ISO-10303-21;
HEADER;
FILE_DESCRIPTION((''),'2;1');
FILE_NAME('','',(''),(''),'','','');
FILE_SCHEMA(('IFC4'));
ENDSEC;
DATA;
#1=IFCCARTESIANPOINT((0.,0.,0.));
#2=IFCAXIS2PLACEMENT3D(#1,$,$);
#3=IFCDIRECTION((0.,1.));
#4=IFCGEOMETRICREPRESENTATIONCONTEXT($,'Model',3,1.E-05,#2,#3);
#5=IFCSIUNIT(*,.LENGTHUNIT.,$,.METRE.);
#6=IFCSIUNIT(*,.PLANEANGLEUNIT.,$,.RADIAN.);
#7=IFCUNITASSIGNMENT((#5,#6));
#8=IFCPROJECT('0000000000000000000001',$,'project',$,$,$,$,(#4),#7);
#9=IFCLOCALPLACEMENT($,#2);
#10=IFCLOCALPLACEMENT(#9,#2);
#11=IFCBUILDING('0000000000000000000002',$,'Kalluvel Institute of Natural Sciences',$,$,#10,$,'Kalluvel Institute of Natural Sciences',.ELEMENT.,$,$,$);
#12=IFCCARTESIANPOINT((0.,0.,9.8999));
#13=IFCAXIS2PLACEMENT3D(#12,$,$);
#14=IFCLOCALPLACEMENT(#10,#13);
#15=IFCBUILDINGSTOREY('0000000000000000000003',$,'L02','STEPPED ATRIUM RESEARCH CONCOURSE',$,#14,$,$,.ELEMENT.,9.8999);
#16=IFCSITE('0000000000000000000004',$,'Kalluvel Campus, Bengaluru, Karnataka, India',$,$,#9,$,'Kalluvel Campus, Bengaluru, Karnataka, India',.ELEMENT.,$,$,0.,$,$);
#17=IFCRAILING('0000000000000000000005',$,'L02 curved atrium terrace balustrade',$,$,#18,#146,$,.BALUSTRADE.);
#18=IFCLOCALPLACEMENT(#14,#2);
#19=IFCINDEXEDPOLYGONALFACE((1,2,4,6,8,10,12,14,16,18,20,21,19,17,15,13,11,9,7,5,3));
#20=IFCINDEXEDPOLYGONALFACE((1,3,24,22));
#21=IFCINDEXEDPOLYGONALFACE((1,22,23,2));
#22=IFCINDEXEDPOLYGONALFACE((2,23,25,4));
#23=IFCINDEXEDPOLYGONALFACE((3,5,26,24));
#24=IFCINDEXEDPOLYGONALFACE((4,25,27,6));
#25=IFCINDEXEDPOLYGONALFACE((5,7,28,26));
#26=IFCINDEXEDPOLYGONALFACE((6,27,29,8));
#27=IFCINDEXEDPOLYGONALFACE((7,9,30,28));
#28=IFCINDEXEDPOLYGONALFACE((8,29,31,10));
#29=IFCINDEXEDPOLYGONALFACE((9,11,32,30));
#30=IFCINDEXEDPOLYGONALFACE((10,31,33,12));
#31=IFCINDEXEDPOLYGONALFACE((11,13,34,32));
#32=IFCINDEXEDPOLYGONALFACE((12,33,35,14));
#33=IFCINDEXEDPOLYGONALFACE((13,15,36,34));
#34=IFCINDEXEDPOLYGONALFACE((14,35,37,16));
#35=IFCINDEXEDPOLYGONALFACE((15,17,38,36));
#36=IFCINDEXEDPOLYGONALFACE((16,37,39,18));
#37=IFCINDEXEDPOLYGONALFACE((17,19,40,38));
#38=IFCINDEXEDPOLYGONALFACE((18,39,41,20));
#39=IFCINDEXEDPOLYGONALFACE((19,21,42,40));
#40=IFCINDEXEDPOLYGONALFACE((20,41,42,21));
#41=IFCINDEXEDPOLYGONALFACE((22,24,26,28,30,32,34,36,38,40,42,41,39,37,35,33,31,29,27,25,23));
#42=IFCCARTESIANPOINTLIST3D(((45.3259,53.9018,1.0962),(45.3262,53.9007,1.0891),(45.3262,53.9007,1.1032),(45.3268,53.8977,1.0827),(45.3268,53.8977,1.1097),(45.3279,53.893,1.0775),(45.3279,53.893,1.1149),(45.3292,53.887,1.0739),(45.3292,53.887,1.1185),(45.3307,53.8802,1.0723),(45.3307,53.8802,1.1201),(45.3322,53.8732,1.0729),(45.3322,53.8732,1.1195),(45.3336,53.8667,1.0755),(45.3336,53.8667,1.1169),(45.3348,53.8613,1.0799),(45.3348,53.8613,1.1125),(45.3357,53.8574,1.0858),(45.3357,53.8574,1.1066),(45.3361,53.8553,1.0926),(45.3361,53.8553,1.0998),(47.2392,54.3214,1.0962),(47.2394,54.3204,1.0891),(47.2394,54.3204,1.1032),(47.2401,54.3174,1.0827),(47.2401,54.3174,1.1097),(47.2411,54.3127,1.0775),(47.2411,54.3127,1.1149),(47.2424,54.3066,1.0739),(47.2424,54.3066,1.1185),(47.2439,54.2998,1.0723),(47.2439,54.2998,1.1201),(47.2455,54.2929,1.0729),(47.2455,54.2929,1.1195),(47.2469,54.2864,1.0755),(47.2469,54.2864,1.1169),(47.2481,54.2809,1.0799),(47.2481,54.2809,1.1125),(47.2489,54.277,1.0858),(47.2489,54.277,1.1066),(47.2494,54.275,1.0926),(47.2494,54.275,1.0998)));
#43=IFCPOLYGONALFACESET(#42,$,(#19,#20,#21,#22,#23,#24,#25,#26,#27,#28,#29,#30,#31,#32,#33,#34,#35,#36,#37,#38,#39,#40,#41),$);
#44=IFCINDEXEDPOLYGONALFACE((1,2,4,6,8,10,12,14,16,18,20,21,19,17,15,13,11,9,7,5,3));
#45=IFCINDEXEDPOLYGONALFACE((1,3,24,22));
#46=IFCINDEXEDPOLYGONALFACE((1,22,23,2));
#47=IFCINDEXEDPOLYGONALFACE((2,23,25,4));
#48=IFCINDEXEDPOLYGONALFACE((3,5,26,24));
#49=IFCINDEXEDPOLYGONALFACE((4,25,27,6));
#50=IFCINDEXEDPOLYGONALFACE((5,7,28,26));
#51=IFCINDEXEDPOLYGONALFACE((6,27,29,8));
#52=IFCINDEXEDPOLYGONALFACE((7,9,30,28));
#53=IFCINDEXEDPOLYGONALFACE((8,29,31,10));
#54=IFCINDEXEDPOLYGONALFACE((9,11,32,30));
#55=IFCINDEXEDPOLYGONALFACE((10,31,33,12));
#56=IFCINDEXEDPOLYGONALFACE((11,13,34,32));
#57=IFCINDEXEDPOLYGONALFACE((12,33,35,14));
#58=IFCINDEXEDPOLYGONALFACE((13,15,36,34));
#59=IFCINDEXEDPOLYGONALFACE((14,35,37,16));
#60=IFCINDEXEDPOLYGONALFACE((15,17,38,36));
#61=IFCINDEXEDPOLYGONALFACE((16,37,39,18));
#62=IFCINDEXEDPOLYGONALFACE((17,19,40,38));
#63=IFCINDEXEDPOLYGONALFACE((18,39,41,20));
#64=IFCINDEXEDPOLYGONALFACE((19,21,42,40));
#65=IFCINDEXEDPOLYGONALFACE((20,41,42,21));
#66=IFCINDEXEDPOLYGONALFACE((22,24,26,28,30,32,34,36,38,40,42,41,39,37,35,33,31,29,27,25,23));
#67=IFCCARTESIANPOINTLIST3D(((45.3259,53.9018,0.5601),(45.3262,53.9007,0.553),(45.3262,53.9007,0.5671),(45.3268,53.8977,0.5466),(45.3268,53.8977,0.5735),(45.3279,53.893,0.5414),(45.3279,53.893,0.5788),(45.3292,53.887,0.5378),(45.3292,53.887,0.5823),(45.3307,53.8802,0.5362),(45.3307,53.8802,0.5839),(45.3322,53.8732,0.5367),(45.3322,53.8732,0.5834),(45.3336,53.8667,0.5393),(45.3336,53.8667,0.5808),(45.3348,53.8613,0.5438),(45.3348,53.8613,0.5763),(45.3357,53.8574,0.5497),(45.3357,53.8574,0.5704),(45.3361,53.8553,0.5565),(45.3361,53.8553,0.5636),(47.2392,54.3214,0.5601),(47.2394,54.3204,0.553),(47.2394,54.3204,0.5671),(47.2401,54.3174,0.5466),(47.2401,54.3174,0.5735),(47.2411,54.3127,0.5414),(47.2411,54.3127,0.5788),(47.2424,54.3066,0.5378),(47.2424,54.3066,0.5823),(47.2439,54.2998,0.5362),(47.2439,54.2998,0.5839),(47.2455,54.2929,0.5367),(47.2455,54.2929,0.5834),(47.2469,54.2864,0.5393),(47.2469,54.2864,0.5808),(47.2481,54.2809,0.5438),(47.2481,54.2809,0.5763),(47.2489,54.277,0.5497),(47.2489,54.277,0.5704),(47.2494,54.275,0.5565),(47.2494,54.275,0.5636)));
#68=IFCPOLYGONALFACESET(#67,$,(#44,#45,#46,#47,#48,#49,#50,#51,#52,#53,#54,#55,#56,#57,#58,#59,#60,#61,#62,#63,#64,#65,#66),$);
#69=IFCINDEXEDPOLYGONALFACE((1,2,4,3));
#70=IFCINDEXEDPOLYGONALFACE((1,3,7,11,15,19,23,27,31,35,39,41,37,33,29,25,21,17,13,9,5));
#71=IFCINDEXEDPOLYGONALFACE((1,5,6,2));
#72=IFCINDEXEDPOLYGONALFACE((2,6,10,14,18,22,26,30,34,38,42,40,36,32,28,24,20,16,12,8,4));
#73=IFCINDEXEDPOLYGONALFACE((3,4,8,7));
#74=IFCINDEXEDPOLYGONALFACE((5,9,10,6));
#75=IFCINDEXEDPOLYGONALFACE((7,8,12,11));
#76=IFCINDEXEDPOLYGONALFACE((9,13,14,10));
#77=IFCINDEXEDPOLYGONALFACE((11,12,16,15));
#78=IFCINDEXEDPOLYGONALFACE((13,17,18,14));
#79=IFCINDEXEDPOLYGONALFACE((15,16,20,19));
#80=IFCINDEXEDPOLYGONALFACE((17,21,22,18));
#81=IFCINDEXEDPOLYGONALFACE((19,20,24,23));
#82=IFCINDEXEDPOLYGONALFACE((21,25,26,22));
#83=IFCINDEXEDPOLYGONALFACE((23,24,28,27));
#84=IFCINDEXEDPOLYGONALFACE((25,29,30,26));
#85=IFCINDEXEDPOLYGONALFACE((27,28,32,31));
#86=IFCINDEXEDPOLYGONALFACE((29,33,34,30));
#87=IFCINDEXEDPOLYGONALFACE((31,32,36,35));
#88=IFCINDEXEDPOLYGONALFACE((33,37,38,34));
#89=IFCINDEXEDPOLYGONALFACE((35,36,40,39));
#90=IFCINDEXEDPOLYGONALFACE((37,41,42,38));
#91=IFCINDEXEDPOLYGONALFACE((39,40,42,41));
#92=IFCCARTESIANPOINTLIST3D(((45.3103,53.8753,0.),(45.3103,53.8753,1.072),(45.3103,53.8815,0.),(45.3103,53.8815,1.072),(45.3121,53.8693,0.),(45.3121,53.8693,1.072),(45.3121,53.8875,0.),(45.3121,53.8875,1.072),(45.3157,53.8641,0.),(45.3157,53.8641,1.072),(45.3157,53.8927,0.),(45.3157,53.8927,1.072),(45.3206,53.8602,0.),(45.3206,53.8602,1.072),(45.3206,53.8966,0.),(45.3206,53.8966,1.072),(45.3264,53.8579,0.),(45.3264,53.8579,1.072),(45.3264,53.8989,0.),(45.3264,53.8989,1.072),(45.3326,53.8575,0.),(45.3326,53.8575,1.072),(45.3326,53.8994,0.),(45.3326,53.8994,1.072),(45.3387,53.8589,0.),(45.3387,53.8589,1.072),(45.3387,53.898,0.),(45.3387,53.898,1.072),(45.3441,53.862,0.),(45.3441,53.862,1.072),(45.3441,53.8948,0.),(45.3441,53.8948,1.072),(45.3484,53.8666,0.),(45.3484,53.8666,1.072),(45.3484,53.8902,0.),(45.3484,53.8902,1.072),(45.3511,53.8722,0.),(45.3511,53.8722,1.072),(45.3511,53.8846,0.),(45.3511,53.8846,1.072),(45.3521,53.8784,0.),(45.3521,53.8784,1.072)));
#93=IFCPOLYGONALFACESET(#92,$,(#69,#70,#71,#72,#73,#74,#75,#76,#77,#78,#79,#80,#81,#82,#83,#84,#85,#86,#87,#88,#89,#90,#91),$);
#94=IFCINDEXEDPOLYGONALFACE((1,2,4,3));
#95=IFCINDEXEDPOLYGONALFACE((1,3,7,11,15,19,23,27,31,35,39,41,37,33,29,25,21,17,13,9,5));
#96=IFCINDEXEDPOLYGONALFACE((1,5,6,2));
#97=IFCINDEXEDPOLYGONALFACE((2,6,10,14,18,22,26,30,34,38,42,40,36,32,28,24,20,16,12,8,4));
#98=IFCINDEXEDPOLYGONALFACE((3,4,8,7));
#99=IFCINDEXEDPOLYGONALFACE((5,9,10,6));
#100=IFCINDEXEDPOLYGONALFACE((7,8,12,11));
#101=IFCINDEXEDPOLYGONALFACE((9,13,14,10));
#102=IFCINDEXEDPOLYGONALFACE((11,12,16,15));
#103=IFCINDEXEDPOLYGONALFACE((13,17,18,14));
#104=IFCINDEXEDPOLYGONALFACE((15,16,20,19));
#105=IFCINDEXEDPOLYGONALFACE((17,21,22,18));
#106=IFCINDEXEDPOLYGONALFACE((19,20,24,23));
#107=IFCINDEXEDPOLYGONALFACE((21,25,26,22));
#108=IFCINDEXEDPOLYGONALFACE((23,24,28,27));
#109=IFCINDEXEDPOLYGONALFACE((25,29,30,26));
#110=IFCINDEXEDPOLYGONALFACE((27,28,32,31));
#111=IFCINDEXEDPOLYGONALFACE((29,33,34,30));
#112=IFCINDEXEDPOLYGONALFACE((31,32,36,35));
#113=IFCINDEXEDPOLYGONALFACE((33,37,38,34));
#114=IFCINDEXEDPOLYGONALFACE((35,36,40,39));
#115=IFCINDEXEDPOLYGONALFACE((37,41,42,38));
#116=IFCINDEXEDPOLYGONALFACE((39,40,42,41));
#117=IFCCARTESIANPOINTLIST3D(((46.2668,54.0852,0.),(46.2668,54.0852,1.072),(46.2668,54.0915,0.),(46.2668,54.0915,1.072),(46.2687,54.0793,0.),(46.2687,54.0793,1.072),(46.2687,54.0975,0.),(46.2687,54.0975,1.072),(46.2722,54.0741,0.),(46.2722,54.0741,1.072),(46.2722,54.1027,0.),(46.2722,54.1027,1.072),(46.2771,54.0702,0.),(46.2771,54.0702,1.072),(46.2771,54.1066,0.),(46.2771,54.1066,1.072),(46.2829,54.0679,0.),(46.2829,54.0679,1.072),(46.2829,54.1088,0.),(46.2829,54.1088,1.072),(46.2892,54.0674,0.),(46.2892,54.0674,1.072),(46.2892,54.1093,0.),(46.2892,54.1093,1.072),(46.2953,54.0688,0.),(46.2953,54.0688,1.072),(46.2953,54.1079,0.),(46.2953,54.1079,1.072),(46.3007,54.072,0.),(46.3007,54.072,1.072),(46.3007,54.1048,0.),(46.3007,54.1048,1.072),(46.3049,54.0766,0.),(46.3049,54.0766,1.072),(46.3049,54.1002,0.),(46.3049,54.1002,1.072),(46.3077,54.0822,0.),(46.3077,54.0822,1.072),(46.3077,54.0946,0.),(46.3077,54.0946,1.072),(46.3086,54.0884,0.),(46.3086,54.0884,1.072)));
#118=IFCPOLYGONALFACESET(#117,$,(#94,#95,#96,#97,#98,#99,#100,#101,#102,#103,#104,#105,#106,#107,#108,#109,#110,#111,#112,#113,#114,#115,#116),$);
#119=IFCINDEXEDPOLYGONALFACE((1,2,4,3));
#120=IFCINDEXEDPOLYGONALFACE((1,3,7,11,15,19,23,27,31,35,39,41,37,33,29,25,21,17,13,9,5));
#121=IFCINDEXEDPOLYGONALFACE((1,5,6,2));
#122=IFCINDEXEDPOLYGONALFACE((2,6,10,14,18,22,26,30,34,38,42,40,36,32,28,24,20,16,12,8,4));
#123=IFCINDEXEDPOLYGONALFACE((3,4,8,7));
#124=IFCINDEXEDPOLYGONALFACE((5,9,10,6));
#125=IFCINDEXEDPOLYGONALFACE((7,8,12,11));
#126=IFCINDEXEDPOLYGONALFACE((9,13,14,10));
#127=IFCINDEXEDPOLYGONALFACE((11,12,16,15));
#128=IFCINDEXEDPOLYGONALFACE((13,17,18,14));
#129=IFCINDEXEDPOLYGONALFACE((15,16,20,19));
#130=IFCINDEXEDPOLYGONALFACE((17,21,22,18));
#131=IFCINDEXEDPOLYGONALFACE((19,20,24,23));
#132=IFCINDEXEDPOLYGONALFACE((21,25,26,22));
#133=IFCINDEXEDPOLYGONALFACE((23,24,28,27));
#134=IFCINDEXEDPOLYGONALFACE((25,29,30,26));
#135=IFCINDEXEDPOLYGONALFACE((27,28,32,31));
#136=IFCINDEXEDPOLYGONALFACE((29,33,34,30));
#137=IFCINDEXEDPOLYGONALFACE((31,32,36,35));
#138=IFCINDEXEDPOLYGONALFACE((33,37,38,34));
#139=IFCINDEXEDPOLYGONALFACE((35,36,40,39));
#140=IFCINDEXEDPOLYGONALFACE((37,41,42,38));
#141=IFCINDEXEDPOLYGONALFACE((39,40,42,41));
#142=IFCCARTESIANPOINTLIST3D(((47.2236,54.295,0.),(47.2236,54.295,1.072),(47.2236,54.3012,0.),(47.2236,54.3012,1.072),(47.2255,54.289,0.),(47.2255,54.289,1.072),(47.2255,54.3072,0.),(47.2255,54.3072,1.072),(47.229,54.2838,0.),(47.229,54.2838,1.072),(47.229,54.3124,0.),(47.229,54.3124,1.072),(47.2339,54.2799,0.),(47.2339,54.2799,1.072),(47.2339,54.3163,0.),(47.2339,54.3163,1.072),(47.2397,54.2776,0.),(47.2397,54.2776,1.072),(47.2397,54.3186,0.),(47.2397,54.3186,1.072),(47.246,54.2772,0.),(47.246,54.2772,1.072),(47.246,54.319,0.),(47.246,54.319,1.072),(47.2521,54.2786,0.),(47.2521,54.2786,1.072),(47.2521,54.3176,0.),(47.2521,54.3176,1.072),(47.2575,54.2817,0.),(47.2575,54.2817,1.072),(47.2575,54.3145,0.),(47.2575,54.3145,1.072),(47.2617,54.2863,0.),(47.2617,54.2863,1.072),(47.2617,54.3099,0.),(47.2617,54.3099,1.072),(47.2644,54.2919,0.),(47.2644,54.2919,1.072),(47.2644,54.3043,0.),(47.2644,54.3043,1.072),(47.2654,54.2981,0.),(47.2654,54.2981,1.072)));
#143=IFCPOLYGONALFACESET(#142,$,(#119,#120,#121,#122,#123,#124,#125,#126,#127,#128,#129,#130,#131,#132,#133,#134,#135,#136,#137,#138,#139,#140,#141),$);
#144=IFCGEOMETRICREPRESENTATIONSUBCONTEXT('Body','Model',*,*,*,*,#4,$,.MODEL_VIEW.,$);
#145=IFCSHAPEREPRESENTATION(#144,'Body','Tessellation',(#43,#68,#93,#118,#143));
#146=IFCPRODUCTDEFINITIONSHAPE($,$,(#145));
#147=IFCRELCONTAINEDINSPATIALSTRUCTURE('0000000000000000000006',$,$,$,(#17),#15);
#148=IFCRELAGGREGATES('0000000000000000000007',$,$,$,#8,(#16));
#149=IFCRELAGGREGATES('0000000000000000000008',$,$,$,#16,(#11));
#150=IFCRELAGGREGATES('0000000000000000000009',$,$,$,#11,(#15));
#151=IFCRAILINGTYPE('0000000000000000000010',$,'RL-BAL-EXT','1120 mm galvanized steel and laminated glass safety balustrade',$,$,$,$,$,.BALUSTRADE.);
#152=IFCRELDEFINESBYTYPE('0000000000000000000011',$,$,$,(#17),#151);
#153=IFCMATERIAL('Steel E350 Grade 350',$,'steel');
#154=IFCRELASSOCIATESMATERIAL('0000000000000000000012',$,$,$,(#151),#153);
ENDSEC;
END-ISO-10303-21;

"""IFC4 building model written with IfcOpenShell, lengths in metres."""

from ifc_helpers import new_model, si_unit, direction, frame, origin, origin_2d, place, context, subcontext, project, spatial, circle, extrude, material, type_object, element, save


model = new_model("IFC4")

# Units and contexts
model_context = context("Model", 3, precision=1e-05, world=origin(), true_north=direction((0.0, 1.0)))
body_context = subcontext(model_context, "Body", "Model", "MODEL_VIEW")
ifc_project = project(units=[si_unit("LENGTHUNIT", "METRE"), si_unit("PLANEANGLEUNIT", "RADIAN")], contexts=[model_context])

# Site, building, storey
site_placement = place(None, origin())
site = spatial("IfcSite", under=ifc_project, at=site_placement, Name="Kalluvel Campus, Bengaluru, Karnataka, India", LongName="Kalluvel Campus, Bengaluru, Karnataka, India", CompositionType="ELEMENT", RefElevation=0.0)
building_placement = place(site_placement, origin())
building = spatial("IfcBuilding", under=site, at=building_placement, Name="Kalluvel Institute of Natural Sciences", LongName="Kalluvel Institute of Natural Sciences", CompositionType="ELEMENT")
storey_placement = place(building_placement, frame((0.0, 0.0, 9.8999)))
storey = spatial("IfcBuildingStorey", under=building, at=storey_placement, Name="L02", Description="STEPPED ATRIUM RESEARCH CONCOURSE", CompositionType="ELEMENT", Elevation=9.8999)

# Railing
ifc_material_1 = material(Name="Steel E350 Grade 350", Category="steel")
railing_type = type_object("IfcRailingType", Name="RL-BAL-EXT", Description="1120 mm galvanized steel and laminated glass safety balustrade", PredefinedType="BALUSTRADE", material=ifc_material_1)
railing_1_placement = place(storey_placement, frame((45.3311, 53.8784, 0.0)))
element("IfcRailing", 1, at=railing_1_placement, inside=storey, type_object=railing_type, Name="L02 curved atrium terrace balustrade", PredefinedType="BALUSTRADE", context=body_context, shape_type="SweptSolid", body=[
    extrude(circle(Radius=0.0239, at=origin_2d()), frame((0.0, 0.0, 1.0962), z_axis=(0.976779, 0.214251, 0.0), x_axis=(-0.214251, 0.976779, 0.0)), (0.0, 0.0, 1.0), 1.9587),
    extrude(circle(Radius=0.0239, at=origin_2d()), frame((0.0, 0.0, 0.5601), z_axis=(0.976779, 0.214251, 0.0), x_axis=(-0.214251, 0.976779, 0.0)), (0.0, 0.0, 1.0), 1.9587),
    extrude(circle(Radius=0.021, at=origin_2d()), origin(), (0.0, 0.0, 1.0), 1.072),
    extrude(circle(Radius=0.021, at=origin_2d()), frame((0.9565, 0.21, 0.0)), (0.0, 0.0, 1.0), 1.072),
    extrude(circle(Radius=0.021, at=origin_2d()), frame((1.9133, 0.4197, 0.0)), (0.0, 0.0, 1.0), 1.072),
])

save(model, "model.ifc")
